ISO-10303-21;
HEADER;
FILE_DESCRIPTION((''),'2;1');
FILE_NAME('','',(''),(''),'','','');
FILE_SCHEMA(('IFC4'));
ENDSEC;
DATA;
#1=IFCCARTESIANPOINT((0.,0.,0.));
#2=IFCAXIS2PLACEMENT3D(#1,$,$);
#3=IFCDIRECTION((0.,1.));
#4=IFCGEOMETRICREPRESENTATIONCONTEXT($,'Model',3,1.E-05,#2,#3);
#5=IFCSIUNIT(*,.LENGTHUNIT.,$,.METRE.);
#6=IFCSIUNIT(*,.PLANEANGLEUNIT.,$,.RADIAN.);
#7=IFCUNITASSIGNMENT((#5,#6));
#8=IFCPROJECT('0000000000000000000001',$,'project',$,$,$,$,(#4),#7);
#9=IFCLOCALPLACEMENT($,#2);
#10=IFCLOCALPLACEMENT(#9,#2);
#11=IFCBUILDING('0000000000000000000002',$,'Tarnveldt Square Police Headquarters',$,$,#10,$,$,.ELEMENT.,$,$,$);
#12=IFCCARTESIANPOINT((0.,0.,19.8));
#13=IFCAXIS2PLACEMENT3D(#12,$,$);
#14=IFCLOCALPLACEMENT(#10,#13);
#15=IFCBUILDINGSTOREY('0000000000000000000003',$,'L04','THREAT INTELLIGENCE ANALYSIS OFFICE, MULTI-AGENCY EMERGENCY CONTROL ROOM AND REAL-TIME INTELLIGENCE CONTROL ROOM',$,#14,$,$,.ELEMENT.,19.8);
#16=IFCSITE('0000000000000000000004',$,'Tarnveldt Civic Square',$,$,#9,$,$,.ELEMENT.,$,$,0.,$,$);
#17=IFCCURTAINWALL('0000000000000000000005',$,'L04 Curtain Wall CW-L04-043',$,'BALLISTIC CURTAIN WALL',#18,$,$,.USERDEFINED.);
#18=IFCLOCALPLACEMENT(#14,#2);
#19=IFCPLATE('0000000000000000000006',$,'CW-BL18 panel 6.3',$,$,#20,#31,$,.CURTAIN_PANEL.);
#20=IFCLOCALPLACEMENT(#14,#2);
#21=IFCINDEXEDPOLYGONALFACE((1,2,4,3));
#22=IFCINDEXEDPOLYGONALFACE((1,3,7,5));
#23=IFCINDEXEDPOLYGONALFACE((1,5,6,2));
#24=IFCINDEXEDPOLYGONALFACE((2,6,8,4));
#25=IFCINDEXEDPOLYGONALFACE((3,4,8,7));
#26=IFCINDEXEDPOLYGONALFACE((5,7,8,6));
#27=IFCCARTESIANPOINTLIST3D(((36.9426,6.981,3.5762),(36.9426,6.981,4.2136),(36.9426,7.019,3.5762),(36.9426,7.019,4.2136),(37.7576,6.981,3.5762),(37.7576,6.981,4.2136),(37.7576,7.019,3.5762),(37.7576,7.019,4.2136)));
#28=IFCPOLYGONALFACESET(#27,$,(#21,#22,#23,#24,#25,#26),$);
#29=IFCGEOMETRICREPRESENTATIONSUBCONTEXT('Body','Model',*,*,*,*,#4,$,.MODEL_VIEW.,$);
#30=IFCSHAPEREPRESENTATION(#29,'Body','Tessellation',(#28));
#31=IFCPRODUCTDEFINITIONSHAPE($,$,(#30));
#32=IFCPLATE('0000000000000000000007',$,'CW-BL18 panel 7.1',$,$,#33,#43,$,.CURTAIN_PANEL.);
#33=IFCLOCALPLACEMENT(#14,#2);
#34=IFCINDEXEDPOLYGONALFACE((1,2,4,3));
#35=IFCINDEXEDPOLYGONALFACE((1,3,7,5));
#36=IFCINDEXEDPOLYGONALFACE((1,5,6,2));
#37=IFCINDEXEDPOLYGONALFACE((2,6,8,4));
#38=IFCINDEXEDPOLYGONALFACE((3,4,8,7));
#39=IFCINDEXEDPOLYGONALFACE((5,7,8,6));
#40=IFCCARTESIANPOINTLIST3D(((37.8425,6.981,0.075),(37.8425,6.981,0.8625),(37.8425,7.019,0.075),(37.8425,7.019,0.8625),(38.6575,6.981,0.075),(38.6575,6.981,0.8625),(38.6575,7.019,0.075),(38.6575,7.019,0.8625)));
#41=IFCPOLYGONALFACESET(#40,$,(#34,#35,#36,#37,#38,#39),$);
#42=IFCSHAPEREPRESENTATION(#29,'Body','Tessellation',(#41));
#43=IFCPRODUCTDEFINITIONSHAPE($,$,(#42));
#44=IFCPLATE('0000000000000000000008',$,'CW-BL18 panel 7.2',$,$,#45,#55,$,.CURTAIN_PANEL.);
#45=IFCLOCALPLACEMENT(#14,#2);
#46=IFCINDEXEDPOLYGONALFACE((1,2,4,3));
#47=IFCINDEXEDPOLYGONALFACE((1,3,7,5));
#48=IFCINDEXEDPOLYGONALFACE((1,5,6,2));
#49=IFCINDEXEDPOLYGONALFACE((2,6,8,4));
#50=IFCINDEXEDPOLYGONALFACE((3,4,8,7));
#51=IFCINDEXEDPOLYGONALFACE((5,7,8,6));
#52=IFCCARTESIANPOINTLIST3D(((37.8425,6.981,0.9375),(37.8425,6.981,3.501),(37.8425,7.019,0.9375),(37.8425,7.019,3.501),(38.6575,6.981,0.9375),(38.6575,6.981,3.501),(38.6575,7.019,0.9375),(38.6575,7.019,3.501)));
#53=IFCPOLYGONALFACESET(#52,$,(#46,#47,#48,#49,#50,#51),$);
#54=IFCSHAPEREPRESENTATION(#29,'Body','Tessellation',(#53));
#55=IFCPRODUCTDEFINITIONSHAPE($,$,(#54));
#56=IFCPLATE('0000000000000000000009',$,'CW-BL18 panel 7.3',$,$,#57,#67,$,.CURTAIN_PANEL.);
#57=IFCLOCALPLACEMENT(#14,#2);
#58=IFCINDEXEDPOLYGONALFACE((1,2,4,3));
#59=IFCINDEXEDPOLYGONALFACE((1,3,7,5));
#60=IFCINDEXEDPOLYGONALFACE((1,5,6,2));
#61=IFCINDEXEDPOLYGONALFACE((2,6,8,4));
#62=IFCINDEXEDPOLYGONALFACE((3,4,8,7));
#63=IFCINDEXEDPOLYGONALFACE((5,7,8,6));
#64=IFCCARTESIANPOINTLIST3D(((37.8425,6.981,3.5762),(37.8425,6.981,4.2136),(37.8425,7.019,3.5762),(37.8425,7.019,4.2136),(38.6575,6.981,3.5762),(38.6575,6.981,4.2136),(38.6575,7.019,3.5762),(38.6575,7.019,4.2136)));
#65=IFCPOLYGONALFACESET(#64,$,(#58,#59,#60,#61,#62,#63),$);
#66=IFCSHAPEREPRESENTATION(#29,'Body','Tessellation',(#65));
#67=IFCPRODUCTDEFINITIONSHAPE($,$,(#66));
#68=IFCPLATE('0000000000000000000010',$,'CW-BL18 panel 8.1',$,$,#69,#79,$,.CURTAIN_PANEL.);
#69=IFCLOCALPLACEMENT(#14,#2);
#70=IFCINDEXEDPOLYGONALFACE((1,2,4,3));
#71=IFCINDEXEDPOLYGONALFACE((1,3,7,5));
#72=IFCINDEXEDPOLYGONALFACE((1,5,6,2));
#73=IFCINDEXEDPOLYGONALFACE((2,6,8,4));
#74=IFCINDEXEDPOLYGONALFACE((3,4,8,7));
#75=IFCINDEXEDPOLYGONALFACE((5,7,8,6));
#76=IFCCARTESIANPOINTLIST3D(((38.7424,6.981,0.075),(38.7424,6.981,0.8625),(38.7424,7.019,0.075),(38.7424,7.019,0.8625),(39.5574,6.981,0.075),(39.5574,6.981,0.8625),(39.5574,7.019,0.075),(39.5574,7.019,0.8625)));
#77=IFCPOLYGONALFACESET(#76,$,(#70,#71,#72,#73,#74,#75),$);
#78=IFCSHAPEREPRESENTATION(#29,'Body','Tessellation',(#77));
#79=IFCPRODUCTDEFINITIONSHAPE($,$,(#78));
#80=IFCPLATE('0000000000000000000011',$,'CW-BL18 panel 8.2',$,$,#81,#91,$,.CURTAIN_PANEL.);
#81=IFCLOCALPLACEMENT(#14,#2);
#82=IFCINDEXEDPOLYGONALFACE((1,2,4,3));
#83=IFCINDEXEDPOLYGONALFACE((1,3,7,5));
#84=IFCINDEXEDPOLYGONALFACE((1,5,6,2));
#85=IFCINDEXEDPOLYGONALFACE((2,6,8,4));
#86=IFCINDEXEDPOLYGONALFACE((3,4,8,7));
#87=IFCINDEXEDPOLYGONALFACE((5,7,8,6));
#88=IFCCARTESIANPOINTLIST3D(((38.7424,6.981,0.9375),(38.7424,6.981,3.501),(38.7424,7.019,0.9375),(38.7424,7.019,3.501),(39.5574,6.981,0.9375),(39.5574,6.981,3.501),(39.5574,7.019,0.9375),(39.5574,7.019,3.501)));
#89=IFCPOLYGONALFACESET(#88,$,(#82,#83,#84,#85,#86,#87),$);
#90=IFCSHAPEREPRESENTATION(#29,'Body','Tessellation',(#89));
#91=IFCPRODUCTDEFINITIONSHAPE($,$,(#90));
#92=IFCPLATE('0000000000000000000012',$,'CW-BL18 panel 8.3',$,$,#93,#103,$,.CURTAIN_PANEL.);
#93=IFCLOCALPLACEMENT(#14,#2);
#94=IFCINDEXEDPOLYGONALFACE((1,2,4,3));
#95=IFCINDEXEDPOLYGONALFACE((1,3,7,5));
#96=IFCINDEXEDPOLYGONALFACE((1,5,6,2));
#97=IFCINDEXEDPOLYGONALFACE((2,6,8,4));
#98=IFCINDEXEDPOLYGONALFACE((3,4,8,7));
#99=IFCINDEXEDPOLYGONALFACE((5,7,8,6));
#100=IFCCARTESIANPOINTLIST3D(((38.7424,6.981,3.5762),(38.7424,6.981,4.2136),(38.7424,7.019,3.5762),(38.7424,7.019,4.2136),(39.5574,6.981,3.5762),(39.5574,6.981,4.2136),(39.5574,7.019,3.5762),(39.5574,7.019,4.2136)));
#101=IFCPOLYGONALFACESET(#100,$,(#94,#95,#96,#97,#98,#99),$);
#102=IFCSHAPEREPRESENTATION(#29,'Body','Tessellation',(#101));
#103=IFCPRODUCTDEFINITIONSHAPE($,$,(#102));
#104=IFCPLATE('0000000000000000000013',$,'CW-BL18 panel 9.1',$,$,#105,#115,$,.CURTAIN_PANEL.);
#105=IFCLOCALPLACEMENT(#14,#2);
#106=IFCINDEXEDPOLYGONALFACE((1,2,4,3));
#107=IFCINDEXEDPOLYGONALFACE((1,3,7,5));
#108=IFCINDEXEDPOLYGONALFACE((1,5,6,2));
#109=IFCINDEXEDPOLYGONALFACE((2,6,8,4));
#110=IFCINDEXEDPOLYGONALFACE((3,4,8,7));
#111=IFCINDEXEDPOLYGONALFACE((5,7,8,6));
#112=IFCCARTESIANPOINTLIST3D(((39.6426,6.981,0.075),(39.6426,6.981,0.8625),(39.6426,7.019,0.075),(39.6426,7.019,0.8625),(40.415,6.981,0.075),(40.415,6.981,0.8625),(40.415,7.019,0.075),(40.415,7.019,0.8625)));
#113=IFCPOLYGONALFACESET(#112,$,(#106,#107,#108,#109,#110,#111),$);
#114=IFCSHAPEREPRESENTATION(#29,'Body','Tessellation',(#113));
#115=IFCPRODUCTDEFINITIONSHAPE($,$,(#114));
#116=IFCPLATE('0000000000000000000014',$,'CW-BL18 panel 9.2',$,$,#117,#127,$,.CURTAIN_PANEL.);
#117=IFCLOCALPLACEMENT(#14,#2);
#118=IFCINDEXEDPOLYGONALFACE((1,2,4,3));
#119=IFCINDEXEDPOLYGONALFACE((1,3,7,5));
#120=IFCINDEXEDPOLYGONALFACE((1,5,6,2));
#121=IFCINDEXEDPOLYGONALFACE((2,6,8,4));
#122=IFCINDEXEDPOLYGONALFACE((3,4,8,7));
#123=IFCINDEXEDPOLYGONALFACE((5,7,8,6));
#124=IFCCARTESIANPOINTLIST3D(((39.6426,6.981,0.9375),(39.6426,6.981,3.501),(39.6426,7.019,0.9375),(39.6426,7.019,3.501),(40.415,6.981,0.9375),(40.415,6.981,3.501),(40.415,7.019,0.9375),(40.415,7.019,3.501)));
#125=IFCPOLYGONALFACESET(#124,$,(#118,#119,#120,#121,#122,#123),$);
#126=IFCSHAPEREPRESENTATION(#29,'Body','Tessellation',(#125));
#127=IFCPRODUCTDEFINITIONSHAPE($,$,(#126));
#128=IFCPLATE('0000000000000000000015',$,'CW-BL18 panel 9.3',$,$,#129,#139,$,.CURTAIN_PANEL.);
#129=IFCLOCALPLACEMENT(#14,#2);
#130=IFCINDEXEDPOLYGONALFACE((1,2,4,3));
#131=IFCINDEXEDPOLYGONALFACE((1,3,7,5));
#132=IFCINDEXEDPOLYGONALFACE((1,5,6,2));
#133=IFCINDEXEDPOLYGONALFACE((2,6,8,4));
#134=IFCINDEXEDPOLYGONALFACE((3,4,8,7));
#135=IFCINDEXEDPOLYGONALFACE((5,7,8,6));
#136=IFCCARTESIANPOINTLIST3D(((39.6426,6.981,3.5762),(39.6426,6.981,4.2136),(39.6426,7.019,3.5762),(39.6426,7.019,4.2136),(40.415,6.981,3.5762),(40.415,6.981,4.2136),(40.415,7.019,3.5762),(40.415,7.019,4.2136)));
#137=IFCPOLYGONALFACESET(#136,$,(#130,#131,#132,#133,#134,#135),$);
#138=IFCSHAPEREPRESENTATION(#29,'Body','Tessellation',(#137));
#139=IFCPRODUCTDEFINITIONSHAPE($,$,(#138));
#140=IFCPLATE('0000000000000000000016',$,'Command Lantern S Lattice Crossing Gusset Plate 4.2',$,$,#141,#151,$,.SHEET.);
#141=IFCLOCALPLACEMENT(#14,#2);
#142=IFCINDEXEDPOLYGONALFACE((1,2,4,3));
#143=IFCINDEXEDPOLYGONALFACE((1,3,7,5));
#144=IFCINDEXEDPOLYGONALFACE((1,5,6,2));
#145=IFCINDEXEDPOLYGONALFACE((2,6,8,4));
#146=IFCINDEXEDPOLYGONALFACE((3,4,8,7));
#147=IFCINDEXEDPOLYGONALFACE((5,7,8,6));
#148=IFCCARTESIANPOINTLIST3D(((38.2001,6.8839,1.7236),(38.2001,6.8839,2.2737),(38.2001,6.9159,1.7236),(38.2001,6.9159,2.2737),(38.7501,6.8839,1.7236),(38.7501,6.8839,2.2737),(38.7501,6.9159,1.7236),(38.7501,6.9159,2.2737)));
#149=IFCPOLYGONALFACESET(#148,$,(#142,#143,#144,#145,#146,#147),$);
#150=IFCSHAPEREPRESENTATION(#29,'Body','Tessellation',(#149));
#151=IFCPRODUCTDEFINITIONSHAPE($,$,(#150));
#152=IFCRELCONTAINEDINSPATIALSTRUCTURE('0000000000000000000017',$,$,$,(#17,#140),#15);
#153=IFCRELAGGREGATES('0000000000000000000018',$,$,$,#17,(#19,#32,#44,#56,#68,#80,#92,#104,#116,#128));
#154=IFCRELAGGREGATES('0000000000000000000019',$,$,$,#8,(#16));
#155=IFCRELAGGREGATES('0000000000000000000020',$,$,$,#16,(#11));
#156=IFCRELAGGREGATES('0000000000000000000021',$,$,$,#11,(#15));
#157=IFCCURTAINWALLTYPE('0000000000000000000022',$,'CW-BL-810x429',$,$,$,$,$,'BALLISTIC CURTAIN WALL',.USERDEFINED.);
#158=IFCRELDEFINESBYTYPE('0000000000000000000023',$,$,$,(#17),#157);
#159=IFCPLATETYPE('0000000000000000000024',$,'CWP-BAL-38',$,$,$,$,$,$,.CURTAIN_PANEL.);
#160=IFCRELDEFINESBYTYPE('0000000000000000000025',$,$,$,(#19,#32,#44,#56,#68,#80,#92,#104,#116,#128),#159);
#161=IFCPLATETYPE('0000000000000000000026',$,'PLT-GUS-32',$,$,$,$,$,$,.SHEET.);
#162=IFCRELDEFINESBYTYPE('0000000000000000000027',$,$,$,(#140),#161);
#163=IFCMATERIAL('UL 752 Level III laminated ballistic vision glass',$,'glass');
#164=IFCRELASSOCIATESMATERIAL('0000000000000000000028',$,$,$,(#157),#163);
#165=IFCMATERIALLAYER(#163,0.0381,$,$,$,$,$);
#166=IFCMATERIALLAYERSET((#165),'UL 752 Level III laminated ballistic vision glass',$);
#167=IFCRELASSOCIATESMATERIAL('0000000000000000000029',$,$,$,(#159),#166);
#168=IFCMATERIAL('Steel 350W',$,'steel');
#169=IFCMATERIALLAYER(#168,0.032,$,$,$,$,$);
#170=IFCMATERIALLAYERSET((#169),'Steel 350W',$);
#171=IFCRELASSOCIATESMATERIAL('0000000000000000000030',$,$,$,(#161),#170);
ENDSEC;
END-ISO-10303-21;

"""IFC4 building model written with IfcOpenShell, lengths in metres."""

from ifc_helpers import new_model, si_unit, direction, frame, origin, origin_2d, place, context, subcontext, project, spatial, rectangle, extrude, material, layer, layer_set, type_object, element, aggregate, save


model = new_model("IFC4")

# Units and contexts
model_context = context("Model", 3, precision=1e-05, world=origin(), true_north=direction((0.0, 1.0)))
body_context = subcontext(model_context, "Body", "Model", "MODEL_VIEW")
ifc_project = project(units=[si_unit("LENGTHUNIT", "METRE"), si_unit("PLANEANGLEUNIT", "RADIAN")], contexts=[model_context])

# Site, building, storey
site_placement = place(None, origin())
site = spatial("IfcSite", under=ifc_project, at=site_placement, Name="Tarnveldt Civic Square", CompositionType="ELEMENT", RefElevation=0.0)
building_placement = place(site_placement, origin())
building = spatial("IfcBuilding", under=site, at=building_placement, Name="Tarnveldt Square Police Headquarters", CompositionType="ELEMENT")
storey_placement = place(building_placement, frame((0.0, 0.0, 19.8)))
storey = spatial("IfcBuildingStorey", under=building, at=storey_placement, Name="L04", Description="THREAT INTELLIGENCE ANALYSIS OFFICE, MULTI-AGENCY EMERGENCY CONTROL ROOM AND REAL-TIME INTELLIGENCE CONTROL ROOM", CompositionType="ELEMENT", Elevation=19.8)

# Curtain wall
ifc_material_1 = material(Name="UL 752 Level III laminated ballistic vision glass", Category="glass")
curtain_wall_type = type_object("IfcCurtainWallType", Name="CW-BL-810x429", ElementType="BALLISTIC CURTAIN WALL", PredefinedType="USERDEFINED", material=ifc_material_1)
curtain_wall_placement = place(storey_placement, origin())
curtain_wall = element("IfcCurtainWall", 1, at=curtain_wall_placement, inside=storey, type_object=curtain_wall_type, Name="L04 Curtain Wall CW-L04-043", ObjectType="BALLISTIC CURTAIN WALL", PredefinedType="USERDEFINED")

# Shared definitions
ifc_material_2 = material(Name="Steel 350W", Category="steel")

# Plates
ifc_layer_1 = layer(ifc_material_1, 0.0381)
ifc_layer_set_1 = layer_set([ifc_layer_1], Name="UL 752 Level III laminated ballistic vision glass")
plate_type_1 = type_object("IfcPlateType", Name="CWP-BAL-38", PredefinedType="CURTAIN_PANEL", material=ifc_layer_set_1)
plate_1_placement = place(storey_placement, frame((37.3501, 7.0, 3.5762), z_axis=(0.0, 0.0, 1.0), x_axis=(1.0, 0.0, 0.0)))
plate_1 = element("IfcPlate", 2, at=plate_1_placement, type_object=plate_type_1, Name="CW-BL18 panel 6.3", PredefinedType="CURTAIN_PANEL", context=body_context, shape_type="SweptSolid", body=[
    extrude(rectangle(XDim=0.8149, YDim=0.0381, at=origin_2d()), origin(), (0.0, 0.0, 1.0), 0.6375),
])
plate_2_placement = place(storey_placement, frame((38.25, 7.0, 0.075), z_axis=(0.0, 0.0, 1.0), x_axis=(1.0, 0.0, 0.0)))
plate_2 = element("IfcPlate", 3, at=plate_2_placement, type_object=plate_type_1, Name="CW-BL18 panel 7.1", PredefinedType="CURTAIN_PANEL", context=body_context, shape_type="SweptSolid", body=[
    extrude(rectangle(XDim=0.8149, YDim=0.0381, at=origin_2d()), origin(), (0.0, 0.0, 1.0), 0.7876),
])
plate_3_placement = place(storey_placement, frame((38.25, 7.0, 0.9375), z_axis=(0.0, 0.0, 1.0), x_axis=(1.0, 0.0, 0.0)))
plate_3 = element("IfcPlate", 4, at=plate_3_placement, type_object=plate_type_1, Name="CW-BL18 panel 7.2", PredefinedType="CURTAIN_PANEL", context=body_context, shape_type="SweptSolid", body=[
    extrude(rectangle(XDim=0.8149, YDim=0.0381, at=origin_2d()), origin(), (0.0, 0.0, 1.0), 2.5635),
])
plate_4_placement = place(storey_placement, frame((38.25, 7.0, 3.5762), z_axis=(0.0, 0.0, 1.0), x_axis=(1.0, 0.0, 0.0)))
plate_4 = element("IfcPlate", 5, at=plate_4_placement, type_object=plate_type_1, Name="CW-BL18 panel 7.3", PredefinedType="CURTAIN_PANEL", context=body_context, shape_type="SweptSolid", body=[
    extrude(rectangle(XDim=0.8149, YDim=0.0381, at=origin_2d()), origin(), (0.0, 0.0, 1.0), 0.6375),
])
plate_5_placement = place(storey_placement, frame((39.1499, 7.0, 0.075), z_axis=(0.0, 0.0, 1.0), x_axis=(1.0, 0.0, 0.0)))
plate_5 = element("IfcPlate", 6, at=plate_5_placement, type_object=plate_type_1, Name="CW-BL18 panel 8.1", PredefinedType="CURTAIN_PANEL", context=body_context, shape_type="SweptSolid", body=[
    extrude(rectangle(XDim=0.8149, YDim=0.0381, at=origin_2d()), origin(), (0.0, 0.0, 1.0), 0.7876),
])
plate_6_placement = place(storey_placement, frame((39.1499, 7.0, 0.9375), z_axis=(0.0, 0.0, 1.0), x_axis=(1.0, 0.0, 0.0)))
plate_6 = element("IfcPlate", 7, at=plate_6_placement, type_object=plate_type_1, Name="CW-BL18 panel 8.2", PredefinedType="CURTAIN_PANEL", context=body_context, shape_type="SweptSolid", body=[
    extrude(rectangle(XDim=0.8149, YDim=0.0381, at=origin_2d()), origin(), (0.0, 0.0, 1.0), 2.5635),
])
plate_7_placement = place(storey_placement, frame((39.1499, 7.0, 3.5762), z_axis=(0.0, 0.0, 1.0), x_axis=(1.0, 0.0, 0.0)))
plate_7 = element("IfcPlate", 8, at=plate_7_placement, type_object=plate_type_1, Name="CW-BL18 panel 8.3", PredefinedType="CURTAIN_PANEL", context=body_context, shape_type="SweptSolid", body=[
    extrude(rectangle(XDim=0.8149, YDim=0.0381, at=origin_2d()), origin(), (0.0, 0.0, 1.0), 0.6375),
])
plate_8_placement = place(storey_placement, frame((40.0288, 7.0, 0.075), z_axis=(0.0, 0.0, 1.0), x_axis=(1.0, 0.0, 0.0)))
plate_8 = element("IfcPlate", 9, at=plate_8_placement, type_object=plate_type_1, Name="CW-BL18 panel 9.1", PredefinedType="CURTAIN_PANEL", context=body_context, shape_type="SweptSolid", body=[
    extrude(rectangle(XDim=0.7725, YDim=0.0381, at=origin_2d()), origin(), (0.0, 0.0, 1.0), 0.7876),
])
plate_9_placement = place(storey_placement, frame((40.0288, 7.0, 0.9375), z_axis=(0.0, 0.0, 1.0), x_axis=(1.0, 0.0, 0.0)))
plate_9 = element("IfcPlate", 10, at=plate_9_placement, type_object=plate_type_1, Name="CW-BL18 panel 9.2", PredefinedType="CURTAIN_PANEL", context=body_context, shape_type="SweptSolid", body=[
    extrude(rectangle(XDim=0.7725, YDim=0.0381, at=origin_2d()), origin(), (0.0, 0.0, 1.0), 2.5635),
])
plate_10_placement = place(storey_placement, frame((40.0288, 7.0, 3.5762), z_axis=(0.0, 0.0, 1.0), x_axis=(1.0, 0.0, 0.0)))
plate_10 = element("IfcPlate", 11, at=plate_10_placement, type_object=plate_type_1, Name="CW-BL18 panel 9.3", PredefinedType="CURTAIN_PANEL", context=body_context, shape_type="SweptSolid", body=[
    extrude(rectangle(XDim=0.7725, YDim=0.0381, at=origin_2d()), origin(), (0.0, 0.0, 1.0), 0.6375),
])
aggregate(curtain_wall, [plate_1, plate_2, plate_3, plate_4, plate_5, plate_6, plate_7, plate_8, plate_9, plate_10])
ifc_layer_2 = layer(ifc_material_2, 0.032)
ifc_layer_set_2 = layer_set([ifc_layer_2], Name="Steel 350W")
plate_type_2 = type_object("IfcPlateType", Name="PLT-GUS-32", PredefinedType="SHEET", material=ifc_layer_set_2)
plate_11_placement = place(storey_placement, frame((38.4751, 6.8999, 1.7236), z_axis=(0.0, 0.0, 1.0), x_axis=(1.0, 0.0, 0.0)))
element("IfcPlate", 12, at=plate_11_placement, inside=storey, type_object=plate_type_2, Name="Command Lantern S Lattice Crossing Gusset Plate 4.2", PredefinedType="SHEET", context=body_context, shape_type="SweptSolid", body=[
    extrude(rectangle(XDim=0.55, YDim=0.032, at=origin_2d()), origin(), (0.0, 0.0, 1.0), 0.55),
])

save(model, "model.ifc")
